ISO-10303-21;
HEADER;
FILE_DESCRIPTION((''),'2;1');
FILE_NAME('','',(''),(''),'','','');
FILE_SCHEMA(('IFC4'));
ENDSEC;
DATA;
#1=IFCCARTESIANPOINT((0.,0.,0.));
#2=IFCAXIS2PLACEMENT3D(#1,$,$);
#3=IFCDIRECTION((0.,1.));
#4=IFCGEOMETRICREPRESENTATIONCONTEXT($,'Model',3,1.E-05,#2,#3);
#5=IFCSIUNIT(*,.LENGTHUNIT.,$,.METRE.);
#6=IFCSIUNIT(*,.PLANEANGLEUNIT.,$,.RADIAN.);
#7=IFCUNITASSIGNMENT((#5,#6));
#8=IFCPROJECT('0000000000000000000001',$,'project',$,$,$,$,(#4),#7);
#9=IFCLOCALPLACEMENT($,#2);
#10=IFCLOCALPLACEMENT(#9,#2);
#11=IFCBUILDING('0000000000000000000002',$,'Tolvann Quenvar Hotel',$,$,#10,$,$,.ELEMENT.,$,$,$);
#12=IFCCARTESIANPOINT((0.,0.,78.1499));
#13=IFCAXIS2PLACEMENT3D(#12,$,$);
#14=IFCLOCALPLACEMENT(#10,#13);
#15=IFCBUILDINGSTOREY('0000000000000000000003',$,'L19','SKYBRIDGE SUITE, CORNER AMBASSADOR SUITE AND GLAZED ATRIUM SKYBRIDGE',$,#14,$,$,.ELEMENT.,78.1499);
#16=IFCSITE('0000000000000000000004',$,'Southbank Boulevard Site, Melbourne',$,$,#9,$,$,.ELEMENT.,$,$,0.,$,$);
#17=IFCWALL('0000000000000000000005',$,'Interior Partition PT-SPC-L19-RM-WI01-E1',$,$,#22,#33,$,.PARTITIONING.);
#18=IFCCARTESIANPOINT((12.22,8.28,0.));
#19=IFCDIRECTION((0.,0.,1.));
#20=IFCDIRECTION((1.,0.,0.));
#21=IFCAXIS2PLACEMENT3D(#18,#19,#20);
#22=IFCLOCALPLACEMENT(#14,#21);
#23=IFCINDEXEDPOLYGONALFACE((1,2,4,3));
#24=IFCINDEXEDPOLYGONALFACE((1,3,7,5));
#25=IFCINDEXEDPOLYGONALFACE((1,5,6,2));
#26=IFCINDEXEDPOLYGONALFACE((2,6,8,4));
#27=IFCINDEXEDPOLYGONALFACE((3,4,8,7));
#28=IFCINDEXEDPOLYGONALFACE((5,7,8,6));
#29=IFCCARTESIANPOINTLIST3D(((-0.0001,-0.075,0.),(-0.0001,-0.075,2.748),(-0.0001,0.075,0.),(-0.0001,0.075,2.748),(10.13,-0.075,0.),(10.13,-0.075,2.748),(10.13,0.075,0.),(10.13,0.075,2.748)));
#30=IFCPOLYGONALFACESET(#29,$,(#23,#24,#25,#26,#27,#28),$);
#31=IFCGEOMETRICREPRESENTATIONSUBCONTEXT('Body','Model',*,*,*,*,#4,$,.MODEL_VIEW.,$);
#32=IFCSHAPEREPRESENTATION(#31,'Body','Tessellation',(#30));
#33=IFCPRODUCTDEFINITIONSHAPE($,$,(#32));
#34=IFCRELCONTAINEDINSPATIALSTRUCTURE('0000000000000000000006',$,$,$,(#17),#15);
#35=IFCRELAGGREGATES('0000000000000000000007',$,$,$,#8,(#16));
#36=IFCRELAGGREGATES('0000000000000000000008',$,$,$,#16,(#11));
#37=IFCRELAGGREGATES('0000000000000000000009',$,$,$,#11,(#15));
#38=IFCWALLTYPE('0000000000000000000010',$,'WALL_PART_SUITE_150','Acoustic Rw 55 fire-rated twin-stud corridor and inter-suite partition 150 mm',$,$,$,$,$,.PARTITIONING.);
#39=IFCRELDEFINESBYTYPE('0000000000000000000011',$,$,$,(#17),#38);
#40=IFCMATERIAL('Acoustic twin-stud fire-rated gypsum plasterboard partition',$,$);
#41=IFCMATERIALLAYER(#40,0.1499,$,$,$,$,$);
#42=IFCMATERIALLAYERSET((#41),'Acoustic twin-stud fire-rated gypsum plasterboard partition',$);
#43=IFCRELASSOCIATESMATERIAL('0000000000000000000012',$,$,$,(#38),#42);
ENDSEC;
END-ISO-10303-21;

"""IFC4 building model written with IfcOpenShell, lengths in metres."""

from ifc_helpers import new_model, si_unit, direction, frame, frame_2d, origin, place, context, subcontext, project, spatial, rectangle, extrude, material, layer, layer_set, type_object, element, save


model = new_model("IFC4")

# Units and contexts
model_context = context("Model", 3, precision=1e-05, world=origin(), true_north=direction((0.0, 1.0)))
body_context = subcontext(model_context, "Body", "Model", "MODEL_VIEW")
ifc_project = project(units=[si_unit("LENGTHUNIT", "METRE"), si_unit("PLANEANGLEUNIT", "RADIAN")], contexts=[model_context])

# Site, building, storey
site_placement = place(None, origin())
site = spatial("IfcSite", under=ifc_project, at=site_placement, Name="Southbank Boulevard Site, Melbourne", CompositionType="ELEMENT", RefElevation=0.0)
building_placement = place(site_placement, origin())
building = spatial("IfcBuilding", under=site, at=building_placement, Name="Tolvann Quenvar Hotel", CompositionType="ELEMENT")
storey_placement = place(building_placement, frame((0.0, 0.0, 78.1499)))
storey = spatial("IfcBuildingStorey", under=building, at=storey_placement, Name="L19", Description="SKYBRIDGE SUITE, CORNER AMBASSADOR SUITE AND GLAZED ATRIUM SKYBRIDGE", CompositionType="ELEMENT", Elevation=78.1499)

# Shared definitions
ifc_material_1 = material(Name="Acoustic twin-stud fire-rated gypsum plasterboard partition")
ifc_layer_1 = layer(ifc_material_1, 0.1499)
ifc_layer_set_1 = layer_set([ifc_layer_1], Name="Acoustic twin-stud fire-rated gypsum plasterboard partition")
wall_type_1 = type_object("IfcWallType", Name="WALL_PART_SUITE_150", Description="Acoustic Rw 55 fire-rated twin-stud corridor and inter-suite partition 150 mm", PredefinedType="PARTITIONING", material=ifc_layer_set_1)

# Wall
wall_1_placement = place(storey_placement, frame((12.22, 8.28, 0.0), z_axis=(0.0, 0.0, 1.0), x_axis=(1.0, 0.0, 0.0)))
element("IfcWall", 1, at=wall_1_placement, inside=storey, type_object=wall_type_1, Name="Interior Partition PT-SPC-L19-RM-WI01-E1", PredefinedType="PARTITIONING", context=body_context, shape_type="SweptSolid", body=[
    extrude(rectangle(XDim=10.1301, YDim=0.1499, at=frame_2d((5.0649, 0.0))), origin(), (0.0, 0.0, 1.0), 2.748),
])

save(model, "model.ifc")
